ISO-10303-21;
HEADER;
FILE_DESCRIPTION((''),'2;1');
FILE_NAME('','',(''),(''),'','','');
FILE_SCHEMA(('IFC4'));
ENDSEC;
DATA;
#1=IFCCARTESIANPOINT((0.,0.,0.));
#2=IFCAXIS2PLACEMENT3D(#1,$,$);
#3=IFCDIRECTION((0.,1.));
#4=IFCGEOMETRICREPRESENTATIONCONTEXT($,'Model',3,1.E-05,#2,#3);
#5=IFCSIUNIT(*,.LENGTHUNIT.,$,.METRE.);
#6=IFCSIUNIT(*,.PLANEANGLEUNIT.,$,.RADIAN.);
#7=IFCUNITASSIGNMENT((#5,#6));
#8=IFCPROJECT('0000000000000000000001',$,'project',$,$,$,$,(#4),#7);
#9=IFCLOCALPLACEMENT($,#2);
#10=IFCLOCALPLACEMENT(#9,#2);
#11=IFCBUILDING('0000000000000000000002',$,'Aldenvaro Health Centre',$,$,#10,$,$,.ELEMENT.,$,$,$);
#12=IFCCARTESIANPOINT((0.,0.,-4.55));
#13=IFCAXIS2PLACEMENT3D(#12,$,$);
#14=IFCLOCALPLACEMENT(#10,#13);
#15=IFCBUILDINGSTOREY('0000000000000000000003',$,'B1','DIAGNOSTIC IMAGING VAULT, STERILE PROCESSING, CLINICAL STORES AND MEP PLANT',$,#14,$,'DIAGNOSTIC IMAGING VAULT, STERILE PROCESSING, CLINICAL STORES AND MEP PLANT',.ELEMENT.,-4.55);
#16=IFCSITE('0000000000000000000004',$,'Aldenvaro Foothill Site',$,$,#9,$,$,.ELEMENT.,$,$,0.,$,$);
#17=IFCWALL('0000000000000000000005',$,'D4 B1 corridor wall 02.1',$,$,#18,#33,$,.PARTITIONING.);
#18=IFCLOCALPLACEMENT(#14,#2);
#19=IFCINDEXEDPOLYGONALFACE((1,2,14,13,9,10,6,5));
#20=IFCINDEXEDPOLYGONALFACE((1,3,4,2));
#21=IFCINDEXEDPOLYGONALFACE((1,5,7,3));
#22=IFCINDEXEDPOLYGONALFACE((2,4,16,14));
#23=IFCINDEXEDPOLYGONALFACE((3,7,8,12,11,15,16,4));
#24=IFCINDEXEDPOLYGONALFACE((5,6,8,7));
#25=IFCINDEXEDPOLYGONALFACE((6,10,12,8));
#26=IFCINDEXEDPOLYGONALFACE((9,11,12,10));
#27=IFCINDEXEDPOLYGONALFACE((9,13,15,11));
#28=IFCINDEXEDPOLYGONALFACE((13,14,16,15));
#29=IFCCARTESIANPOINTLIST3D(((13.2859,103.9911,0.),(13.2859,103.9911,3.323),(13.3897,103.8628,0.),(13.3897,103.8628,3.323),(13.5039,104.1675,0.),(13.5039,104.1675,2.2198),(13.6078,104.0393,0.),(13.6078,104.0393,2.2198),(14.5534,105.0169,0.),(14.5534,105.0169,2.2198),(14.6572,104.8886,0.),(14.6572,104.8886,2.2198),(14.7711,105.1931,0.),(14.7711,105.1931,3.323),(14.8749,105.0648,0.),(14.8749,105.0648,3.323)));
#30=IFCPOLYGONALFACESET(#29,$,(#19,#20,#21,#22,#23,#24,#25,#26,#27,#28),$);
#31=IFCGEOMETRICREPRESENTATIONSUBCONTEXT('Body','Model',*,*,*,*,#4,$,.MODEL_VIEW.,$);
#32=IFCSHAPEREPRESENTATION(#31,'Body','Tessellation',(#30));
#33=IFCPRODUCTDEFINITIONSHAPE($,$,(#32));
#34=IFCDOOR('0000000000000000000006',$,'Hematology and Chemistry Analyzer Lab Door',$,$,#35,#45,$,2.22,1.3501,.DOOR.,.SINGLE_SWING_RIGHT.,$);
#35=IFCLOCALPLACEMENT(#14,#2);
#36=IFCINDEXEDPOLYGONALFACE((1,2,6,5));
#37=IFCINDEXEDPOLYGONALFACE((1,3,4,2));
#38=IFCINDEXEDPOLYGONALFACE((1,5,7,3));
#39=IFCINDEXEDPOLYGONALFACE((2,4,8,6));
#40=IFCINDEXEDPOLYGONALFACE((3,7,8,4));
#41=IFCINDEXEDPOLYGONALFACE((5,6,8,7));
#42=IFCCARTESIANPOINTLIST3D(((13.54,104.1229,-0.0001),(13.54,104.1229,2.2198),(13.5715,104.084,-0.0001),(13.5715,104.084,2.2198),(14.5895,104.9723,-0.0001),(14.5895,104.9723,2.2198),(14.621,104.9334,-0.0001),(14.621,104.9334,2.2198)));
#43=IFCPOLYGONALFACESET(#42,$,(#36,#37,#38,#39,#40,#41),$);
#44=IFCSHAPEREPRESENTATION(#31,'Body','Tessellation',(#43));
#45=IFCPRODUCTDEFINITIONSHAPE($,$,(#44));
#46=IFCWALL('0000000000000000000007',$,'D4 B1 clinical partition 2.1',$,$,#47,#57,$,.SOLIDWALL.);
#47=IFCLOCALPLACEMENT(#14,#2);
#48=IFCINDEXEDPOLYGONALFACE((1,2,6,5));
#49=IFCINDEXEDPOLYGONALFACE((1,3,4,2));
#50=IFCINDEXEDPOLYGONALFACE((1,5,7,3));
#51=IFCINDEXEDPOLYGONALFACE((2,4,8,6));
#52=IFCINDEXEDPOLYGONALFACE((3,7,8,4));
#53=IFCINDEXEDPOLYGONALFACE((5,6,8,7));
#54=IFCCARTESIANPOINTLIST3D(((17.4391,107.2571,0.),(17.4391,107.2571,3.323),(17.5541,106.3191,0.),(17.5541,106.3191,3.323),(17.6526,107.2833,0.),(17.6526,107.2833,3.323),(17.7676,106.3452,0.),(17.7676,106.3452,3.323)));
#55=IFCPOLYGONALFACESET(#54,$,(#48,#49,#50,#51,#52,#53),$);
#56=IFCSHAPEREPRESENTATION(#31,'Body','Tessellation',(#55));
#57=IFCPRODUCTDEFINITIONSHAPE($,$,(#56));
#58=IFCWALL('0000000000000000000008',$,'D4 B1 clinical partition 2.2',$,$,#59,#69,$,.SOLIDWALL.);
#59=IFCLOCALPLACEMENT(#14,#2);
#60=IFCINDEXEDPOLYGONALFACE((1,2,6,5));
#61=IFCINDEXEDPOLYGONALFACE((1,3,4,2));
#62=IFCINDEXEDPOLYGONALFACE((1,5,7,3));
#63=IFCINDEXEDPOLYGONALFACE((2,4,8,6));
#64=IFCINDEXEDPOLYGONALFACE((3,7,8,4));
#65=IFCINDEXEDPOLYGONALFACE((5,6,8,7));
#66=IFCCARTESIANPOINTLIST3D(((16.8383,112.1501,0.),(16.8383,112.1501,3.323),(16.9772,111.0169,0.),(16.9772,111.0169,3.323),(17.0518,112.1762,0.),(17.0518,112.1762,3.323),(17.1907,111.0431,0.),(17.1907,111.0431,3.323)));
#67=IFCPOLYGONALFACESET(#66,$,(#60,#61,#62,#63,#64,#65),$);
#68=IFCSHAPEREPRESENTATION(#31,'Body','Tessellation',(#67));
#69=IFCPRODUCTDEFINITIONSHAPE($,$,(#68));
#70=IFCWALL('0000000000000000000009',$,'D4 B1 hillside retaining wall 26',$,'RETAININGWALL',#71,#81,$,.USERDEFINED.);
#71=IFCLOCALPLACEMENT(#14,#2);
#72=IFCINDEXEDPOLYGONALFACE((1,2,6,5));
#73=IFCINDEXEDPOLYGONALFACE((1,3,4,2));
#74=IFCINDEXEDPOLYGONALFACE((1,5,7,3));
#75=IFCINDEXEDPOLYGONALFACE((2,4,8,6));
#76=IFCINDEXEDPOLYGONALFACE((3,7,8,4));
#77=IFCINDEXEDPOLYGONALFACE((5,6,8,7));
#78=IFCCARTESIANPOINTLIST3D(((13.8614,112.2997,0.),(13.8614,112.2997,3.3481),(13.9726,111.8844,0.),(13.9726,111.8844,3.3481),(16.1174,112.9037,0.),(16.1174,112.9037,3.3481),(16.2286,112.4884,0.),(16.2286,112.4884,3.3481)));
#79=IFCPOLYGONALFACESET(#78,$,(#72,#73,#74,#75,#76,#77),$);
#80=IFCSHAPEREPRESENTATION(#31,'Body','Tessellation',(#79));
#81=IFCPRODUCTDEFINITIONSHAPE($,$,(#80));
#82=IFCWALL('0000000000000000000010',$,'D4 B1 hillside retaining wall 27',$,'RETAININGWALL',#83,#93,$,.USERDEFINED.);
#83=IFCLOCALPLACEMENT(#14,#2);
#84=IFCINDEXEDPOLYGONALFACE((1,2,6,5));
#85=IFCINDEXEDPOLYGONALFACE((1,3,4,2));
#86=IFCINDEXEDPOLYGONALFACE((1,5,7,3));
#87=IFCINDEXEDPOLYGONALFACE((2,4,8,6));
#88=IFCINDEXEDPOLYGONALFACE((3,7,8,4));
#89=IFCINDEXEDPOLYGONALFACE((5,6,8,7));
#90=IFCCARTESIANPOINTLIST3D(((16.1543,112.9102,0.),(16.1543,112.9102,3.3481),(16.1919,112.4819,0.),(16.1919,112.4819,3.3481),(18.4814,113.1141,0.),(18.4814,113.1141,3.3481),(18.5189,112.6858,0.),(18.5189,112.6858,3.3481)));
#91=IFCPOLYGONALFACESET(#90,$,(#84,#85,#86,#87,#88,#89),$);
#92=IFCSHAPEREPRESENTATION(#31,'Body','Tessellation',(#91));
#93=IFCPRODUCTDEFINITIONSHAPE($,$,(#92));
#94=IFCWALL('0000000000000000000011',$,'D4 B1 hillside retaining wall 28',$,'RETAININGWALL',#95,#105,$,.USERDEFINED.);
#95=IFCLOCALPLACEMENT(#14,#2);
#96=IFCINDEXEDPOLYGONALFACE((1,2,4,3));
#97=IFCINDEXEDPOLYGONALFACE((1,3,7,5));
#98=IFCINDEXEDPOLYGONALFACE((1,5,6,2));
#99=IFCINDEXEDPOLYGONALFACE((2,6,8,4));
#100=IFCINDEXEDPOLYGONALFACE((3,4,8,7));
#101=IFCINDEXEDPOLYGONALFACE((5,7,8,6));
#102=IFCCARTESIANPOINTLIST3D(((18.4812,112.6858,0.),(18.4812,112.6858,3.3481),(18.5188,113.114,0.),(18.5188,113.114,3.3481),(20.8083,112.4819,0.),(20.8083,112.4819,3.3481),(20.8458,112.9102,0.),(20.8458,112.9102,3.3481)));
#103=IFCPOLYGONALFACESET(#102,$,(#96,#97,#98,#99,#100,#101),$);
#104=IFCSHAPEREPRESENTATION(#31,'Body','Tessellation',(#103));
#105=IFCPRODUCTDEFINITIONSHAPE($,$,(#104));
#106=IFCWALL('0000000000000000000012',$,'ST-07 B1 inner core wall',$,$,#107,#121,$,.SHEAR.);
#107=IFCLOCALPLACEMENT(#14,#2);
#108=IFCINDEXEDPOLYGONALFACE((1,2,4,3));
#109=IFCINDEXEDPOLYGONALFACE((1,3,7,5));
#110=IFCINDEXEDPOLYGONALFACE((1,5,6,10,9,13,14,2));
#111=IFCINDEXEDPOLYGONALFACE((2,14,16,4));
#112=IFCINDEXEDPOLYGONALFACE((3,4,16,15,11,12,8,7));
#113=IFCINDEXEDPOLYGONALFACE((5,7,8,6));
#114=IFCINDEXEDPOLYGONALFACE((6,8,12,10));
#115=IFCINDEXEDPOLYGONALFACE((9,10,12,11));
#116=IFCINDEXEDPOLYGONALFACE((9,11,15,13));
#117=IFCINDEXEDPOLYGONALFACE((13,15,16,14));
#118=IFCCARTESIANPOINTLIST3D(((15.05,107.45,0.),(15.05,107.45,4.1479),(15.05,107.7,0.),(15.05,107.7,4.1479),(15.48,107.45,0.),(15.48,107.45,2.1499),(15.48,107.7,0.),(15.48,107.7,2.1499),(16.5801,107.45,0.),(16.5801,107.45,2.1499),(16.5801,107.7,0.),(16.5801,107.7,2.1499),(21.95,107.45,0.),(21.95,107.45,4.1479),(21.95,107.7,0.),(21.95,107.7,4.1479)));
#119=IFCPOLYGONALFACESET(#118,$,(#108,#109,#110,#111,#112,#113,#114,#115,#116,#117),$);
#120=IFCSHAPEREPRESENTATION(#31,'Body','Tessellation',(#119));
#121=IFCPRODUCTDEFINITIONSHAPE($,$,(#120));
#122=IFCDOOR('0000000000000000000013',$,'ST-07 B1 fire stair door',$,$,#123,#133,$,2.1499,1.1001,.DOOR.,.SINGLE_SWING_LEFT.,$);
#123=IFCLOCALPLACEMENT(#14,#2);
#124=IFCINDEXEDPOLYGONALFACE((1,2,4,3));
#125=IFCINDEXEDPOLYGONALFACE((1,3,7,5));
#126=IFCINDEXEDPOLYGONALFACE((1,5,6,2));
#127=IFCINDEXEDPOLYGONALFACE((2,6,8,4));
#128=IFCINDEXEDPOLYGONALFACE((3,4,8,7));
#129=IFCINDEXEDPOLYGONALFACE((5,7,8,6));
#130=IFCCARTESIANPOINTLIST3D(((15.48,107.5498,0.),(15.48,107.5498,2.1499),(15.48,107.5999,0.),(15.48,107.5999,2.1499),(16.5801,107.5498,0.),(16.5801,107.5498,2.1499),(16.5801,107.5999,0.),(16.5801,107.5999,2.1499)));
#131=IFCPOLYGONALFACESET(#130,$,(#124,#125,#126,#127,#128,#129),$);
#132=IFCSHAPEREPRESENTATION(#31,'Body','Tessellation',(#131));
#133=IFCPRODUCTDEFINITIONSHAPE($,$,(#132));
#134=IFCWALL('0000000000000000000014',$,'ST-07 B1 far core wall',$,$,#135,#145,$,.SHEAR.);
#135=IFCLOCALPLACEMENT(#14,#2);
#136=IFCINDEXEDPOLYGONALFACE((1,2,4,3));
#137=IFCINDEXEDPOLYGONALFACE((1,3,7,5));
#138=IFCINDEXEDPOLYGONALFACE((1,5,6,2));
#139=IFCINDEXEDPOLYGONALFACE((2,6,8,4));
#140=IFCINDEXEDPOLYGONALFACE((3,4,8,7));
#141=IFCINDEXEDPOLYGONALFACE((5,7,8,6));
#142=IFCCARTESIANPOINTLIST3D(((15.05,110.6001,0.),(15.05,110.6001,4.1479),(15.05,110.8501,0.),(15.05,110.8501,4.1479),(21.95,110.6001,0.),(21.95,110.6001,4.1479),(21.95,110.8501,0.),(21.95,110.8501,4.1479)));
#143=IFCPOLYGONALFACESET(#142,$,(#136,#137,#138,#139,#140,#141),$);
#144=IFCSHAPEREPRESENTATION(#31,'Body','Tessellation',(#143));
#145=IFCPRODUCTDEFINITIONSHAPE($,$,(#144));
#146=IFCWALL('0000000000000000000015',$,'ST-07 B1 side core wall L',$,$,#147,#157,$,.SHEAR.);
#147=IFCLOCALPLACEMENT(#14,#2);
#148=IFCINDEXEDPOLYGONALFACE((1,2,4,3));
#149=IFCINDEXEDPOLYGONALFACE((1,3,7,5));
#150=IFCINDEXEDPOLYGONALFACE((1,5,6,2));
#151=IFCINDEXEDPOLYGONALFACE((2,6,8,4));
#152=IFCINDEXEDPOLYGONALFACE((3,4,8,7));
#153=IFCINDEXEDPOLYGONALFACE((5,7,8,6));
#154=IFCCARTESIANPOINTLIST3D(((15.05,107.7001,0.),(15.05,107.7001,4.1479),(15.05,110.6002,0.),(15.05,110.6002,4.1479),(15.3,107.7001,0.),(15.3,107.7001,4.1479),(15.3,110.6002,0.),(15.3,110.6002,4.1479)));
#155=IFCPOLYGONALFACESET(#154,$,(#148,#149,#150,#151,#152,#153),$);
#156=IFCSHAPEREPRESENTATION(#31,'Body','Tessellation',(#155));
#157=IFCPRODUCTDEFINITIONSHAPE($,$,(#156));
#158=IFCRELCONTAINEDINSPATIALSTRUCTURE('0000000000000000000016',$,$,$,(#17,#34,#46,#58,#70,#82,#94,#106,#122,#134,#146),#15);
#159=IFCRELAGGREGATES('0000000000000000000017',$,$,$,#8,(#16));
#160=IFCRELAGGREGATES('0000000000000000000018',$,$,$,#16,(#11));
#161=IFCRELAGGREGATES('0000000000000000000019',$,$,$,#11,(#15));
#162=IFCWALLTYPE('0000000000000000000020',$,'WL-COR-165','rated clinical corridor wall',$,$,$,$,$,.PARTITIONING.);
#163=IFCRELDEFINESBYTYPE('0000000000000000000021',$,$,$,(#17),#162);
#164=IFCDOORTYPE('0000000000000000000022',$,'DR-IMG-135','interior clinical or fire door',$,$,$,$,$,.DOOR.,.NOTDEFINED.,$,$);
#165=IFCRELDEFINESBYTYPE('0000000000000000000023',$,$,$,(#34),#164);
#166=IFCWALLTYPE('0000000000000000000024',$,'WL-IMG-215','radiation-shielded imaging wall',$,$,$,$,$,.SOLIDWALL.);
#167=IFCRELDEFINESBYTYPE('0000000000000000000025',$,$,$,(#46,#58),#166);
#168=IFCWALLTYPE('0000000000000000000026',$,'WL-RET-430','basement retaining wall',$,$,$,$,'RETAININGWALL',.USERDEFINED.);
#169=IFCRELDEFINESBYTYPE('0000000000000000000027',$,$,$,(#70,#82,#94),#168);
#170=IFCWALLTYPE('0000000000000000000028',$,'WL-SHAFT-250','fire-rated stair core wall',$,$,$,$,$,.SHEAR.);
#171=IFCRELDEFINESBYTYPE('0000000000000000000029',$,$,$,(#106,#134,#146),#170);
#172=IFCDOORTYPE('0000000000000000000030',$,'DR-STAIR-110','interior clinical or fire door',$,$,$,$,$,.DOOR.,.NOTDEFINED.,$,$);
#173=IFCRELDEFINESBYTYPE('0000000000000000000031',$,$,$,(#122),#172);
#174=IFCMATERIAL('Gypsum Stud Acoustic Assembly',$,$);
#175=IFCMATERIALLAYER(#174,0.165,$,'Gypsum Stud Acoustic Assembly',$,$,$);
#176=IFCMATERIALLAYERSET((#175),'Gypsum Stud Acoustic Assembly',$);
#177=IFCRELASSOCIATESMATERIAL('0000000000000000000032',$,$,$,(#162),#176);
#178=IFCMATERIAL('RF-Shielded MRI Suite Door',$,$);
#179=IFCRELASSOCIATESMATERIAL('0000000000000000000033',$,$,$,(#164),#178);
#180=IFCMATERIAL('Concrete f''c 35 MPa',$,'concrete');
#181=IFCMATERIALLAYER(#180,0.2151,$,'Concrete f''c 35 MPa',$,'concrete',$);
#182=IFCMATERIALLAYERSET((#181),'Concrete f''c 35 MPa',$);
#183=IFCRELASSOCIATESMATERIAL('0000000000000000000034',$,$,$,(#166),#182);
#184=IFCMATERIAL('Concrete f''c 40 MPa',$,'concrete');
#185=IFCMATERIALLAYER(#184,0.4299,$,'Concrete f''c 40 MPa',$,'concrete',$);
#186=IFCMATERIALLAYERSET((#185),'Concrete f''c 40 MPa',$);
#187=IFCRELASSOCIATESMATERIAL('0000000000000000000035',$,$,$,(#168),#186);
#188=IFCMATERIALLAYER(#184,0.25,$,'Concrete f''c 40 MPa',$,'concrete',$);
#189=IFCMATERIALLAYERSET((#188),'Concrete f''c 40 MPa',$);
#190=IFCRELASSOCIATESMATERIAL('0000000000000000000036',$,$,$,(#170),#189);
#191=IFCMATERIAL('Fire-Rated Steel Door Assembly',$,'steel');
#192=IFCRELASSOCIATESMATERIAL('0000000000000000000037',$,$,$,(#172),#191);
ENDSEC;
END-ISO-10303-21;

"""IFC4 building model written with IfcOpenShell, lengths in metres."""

from ifc_helpers import new_model, si_unit, direction, frame, frame_2d, origin, place, context, subcontext, project, spatial, rectangle, extrude, material, layer, layer_set, type_object, element, fill, save


model = new_model("IFC4")

# Units and contexts
model_context = context("Model", 3, precision=1e-05, world=origin(), true_north=direction((0.0, 1.0)))
body_context = subcontext(model_context, "Body", "Model", "MODEL_VIEW")
ifc_project = project(units=[si_unit("LENGTHUNIT", "METRE"), si_unit("PLANEANGLEUNIT", "RADIAN")], contexts=[model_context])

# Site, building, storey
site_placement = place(None, origin())
site = spatial("IfcSite", under=ifc_project, at=site_placement, Name="Aldenvaro Foothill Site", CompositionType="ELEMENT", RefElevation=0.0)
building_placement = place(site_placement, origin())
building = spatial("IfcBuilding", under=site, at=building_placement, Name="Aldenvaro Health Centre", CompositionType="ELEMENT")
storey_placement = place(building_placement, frame((0.0, 0.0, -4.55)))
storey = spatial("IfcBuildingStorey", under=building, at=storey_placement, Name="B1", Description="DIAGNOSTIC IMAGING VAULT, STERILE PROCESSING, CLINICAL STORES AND MEP PLANT", LongName="DIAGNOSTIC IMAGING VAULT, STERILE PROCESSING, CLINICAL STORES AND MEP PLANT", CompositionType="ELEMENT", Elevation=-4.55)

# Shared definitions
ifc_material_1 = material(Name="Concrete f'c 40 MPa", Category="concrete")

# Wall, opening, door
ifc_material_2 = material(Name="Gypsum Stud Acoustic Assembly")
ifc_layer_1 = layer(ifc_material_2, 0.165, Name="Gypsum Stud Acoustic Assembly")
ifc_layer_set_1 = layer_set([ifc_layer_1], Name="Gypsum Stud Acoustic Assembly")
wall_type_1 = type_object("IfcWallType", Name="WL-COR-165", Description="rated clinical corridor wall", PredefinedType="PARTITIONING", material=ifc_layer_set_1)
wall_1_placement = place(storey_placement, frame((14.823, 105.1289, 0.0), z_axis=(0.0, 0.0, 1.0), x_axis=(-0.777328, -0.629095, 0.0)))
wall_1 = element("IfcWall", 1, at=wall_1_placement, inside=storey, type_object=wall_type_1, Name="D4 B1 corridor wall 02.1", PredefinedType="PARTITIONING", context=body_context, shape_type="SweptSolid", body=[
    extrude(rectangle(XDim=1.9106, YDim=0.165, at=frame_2d((0.9553, 0.0))), origin(), (0.0, 0.0, 1.0), 3.323),
])
opening_1_placement = place(wall_1_placement, frame((0.28, 0.0, 0.0)))
opening_1 = element("IfcOpeningElement", 2, at=opening_1_placement, cuts=wall_1, PredefinedType="OPENING", context=body_context, shape_type="SweptSolid", body=[
    extrude(rectangle(XDim=1.3501, YDim=2.22, at=frame_2d((0.675, 1.1099))), frame((0.0, 0.0925, 0.0), z_axis=(0.0, -1.0, 0.0), x_axis=(1.0, 0.0, 0.0)), (0.0, 0.0, 1.0), 0.1851),
])
ifc_material_3 = material(Name="RF-Shielded MRI Suite Door")
door_type_1 = type_object("IfcDoorType", Name="DR-IMG-135", Description="interior clinical or fire door", OperationType="NOTDEFINED", PredefinedType="DOOR", material=ifc_material_3)
door_1_placement = place(opening_1_placement, origin())
door_1 = element("IfcDoor", 3, at=door_1_placement, inside=storey, type_object=door_type_1, Name="Hematology and Chemistry Analyzer Lab Door", OperationType="SINGLE_SWING_RIGHT", OverallHeight=2.22, OverallWidth=1.3501, PredefinedType="DOOR", context=body_context, shape_type="SweptSolid", body=[
    extrude(rectangle(XDim=1.3501, YDim=2.22, at=frame_2d((0.675, 1.1099))), frame((0.0, 0.0249, 0.0), z_axis=(0.0, -1.0, 0.0), x_axis=(1.0, 0.0, 0.0)), (0.0, 0.0, 1.0), 0.05),
])
fill(opening_1, door_1)

# Walls
ifc_material_4 = material(Name="Concrete f'c 35 MPa", Category="concrete")
ifc_layer_2 = layer(ifc_material_4, 0.2151, Name="Concrete f'c 35 MPa", Category="concrete")
ifc_layer_set_2 = layer_set([ifc_layer_2], Name="Concrete f'c 35 MPa")
wall_type_2 = type_object("IfcWallType", Name="WL-IMG-215", Description="radiation-shielded imaging wall", PredefinedType="SOLIDWALL", material=ifc_layer_set_2)
wall_2_placement = place(storey_placement, frame((17.6609, 106.332, 0.0), z_axis=(0.0, 0.0, 1.0), x_axis=(-0.121681, 0.992569, 0.0)))
element("IfcWall", 4, at=wall_2_placement, inside=storey, type_object=wall_type_2, Name="D4 B1 clinical partition 2.1", PredefinedType="SOLIDWALL", context=body_context, shape_type="SweptSolid", body=[
    extrude(rectangle(XDim=0.9451, YDim=0.2151, at=frame_2d((0.4727, 0.0))), origin(), (0.0, 0.0, 1.0), 3.323),
])
wall_3_placement = place(storey_placement, frame((17.084, 111.03, 0.0), z_axis=(0.0, 0.0, 1.0), x_axis=(-0.121692, 0.992568, 0.0)))
element("IfcWall", 5, at=wall_3_placement, inside=storey, type_object=wall_type_2, Name="D4 B1 clinical partition 2.2", PredefinedType="SOLIDWALL", context=body_context, shape_type="SweptSolid", body=[
    extrude(rectangle(XDim=1.1416, YDim=0.2151, at=frame_2d((0.5708, 0.0))), origin(), (0.0, 0.0, 1.0), 3.323),
])
ifc_layer_3 = layer(ifc_material_1, 0.4299, Name="Concrete f'c 40 MPa", Category="concrete")
ifc_layer_set_3 = layer_set([ifc_layer_3], Name="Concrete f'c 40 MPa")
wall_type_3 = type_object("IfcWallType", Name="WL-RET-430", Description="basement retaining wall", ElementType="RETAININGWALL", PredefinedType="USERDEFINED", material=ifc_layer_set_3)
wall_4_placement = place(storey_placement, frame((13.917, 112.092, 0.0), z_axis=(0.0, 0.0, 1.0), x_axis=(0.965981, 0.258612, 0.0)))
element("IfcWall", 6, at=wall_4_placement, inside=storey, type_object=wall_type_3, Name="D4 B1 hillside retaining wall 26", ObjectType="RETAININGWALL", PredefinedType="USERDEFINED", context=body_context, shape_type="SweptSolid", body=[
    extrude(rectangle(XDim=2.3354, YDim=0.4299, at=frame_2d((1.1677, 0.0))), origin(), (0.0, 0.0, 1.0), 3.3481),
])
for number, where, z_axis, x_axis, name in (
    (7, (16.1731, 112.696, 0.0), (0.0, 0.0, 1.0), (0.996184, 0.087275, 0.0), "D4 B1 hillside retaining wall 27"),
    (8, (18.5, 112.8999, 0.0), (0.0, 0.0, 1.0), (0.996184, -0.087275, 0.0), "D4 B1 hillside retaining wall 28"),
):
    element("IfcWall", number, at=place(storey_placement, frame(where, z_axis=z_axis, x_axis=x_axis)), inside=storey, type_object=wall_type_3, Name=name, ObjectType="RETAININGWALL", PredefinedType="USERDEFINED", context=body_context, shape_type="SweptSolid", body=[
        extrude(rectangle(XDim=2.3359, YDim=0.4299, at=frame_2d((1.168, 0.0))), origin(), (0.0, 0.0, 1.0), 3.3481),
    ])

# Wall, opening, door
ifc_layer_4 = layer(ifc_material_1, 0.25, Name="Concrete f'c 40 MPa", Category="concrete")
ifc_layer_set_4 = layer_set([ifc_layer_4], Name="Concrete f'c 40 MPa")
wall_type_4 = type_object("IfcWallType", Name="WL-SHAFT-250", Description="fire-rated stair core wall", PredefinedType="SHEAR", material=ifc_layer_set_4)
wall_5_placement = place(storey_placement, frame((15.05, 107.575, 0.0), z_axis=(0.0, 0.0, 1.0), x_axis=(1.0, 0.0, 0.0)))
wall_5 = element("IfcWall", 9, at=wall_5_placement, inside=storey, type_object=wall_type_4, Name="ST-07 B1 inner core wall", PredefinedType="SHEAR", context=body_context, shape_type="SweptSolid", body=[
    extrude(rectangle(XDim=6.8999, YDim=0.25, at=frame_2d((3.45, 0.0))), origin(), (0.0, 0.0, 1.0), 4.1479),
])
opening_2_placement = place(wall_5_placement, frame((0.4299, 0.0, 0.0)))
opening_2 = element("IfcOpeningElement", 10, at=opening_2_placement, cuts=wall_5, PredefinedType="OPENING", context=body_context, shape_type="SweptSolid", body=[
    extrude(rectangle(XDim=1.1001, YDim=2.1499, at=frame_2d((0.55, 1.075))), frame((0.0, 0.135, 0.0), z_axis=(0.0, -1.0, 0.0), x_axis=(1.0, 0.0, 0.0)), (0.0, 0.0, 1.0), 0.27),
])
ifc_material_5 = material(Name="Fire-Rated Steel Door Assembly", Category="steel")
door_type_2 = type_object("IfcDoorType", Name="DR-STAIR-110", Description="interior clinical or fire door", OperationType="NOTDEFINED", PredefinedType="DOOR", material=ifc_material_5)
door_2_placement = place(opening_2_placement, origin())
door_2 = element("IfcDoor", 11, at=door_2_placement, inside=storey, type_object=door_type_2, Name="ST-07 B1 fire stair door", OperationType="SINGLE_SWING_LEFT", OverallHeight=2.1499, OverallWidth=1.1001, PredefinedType="DOOR", context=body_context, shape_type="SweptSolid", body=[
    extrude(rectangle(XDim=1.1001, YDim=2.1499, at=frame_2d((0.55, 1.075))), frame((0.0, 0.0249, 0.0), z_axis=(0.0, -1.0, 0.0), x_axis=(1.0, 0.0, 0.0)), (0.0, 0.0, 1.0), 0.05),
])
fill(opening_2, door_2)

# Walls
wall_6_placement = place(storey_placement, frame((15.05, 110.7251, 0.0), z_axis=(0.0, 0.0, 1.0), x_axis=(1.0, 0.0, 0.0)))
element("IfcWall", 12, at=wall_6_placement, inside=storey, type_object=wall_type_4, Name="ST-07 B1 far core wall", PredefinedType="SHEAR", context=body_context, shape_type="SweptSolid", body=[
    extrude(rectangle(XDim=6.8999, YDim=0.25, at=frame_2d((3.45, 0.0))), origin(), (0.0, 0.0, 1.0), 4.1479),
])
wall_7_placement = place(storey_placement, frame((15.175, 107.7, 0.0), z_axis=(0.0, 0.0, 1.0), x_axis=(0.0, 1.0, 0.0)))
element("IfcWall", 13, at=wall_7_placement, inside=storey, type_object=wall_type_4, Name="ST-07 B1 side core wall L", PredefinedType="SHEAR", context=body_context, shape_type="SweptSolid", body=[
    extrude(rectangle(XDim=2.9001, YDim=0.25, at=frame_2d((1.4502, 0.0))), origin(), (0.0, 0.0, 1.0), 4.1479),
])

save(model, "model.ifc")
